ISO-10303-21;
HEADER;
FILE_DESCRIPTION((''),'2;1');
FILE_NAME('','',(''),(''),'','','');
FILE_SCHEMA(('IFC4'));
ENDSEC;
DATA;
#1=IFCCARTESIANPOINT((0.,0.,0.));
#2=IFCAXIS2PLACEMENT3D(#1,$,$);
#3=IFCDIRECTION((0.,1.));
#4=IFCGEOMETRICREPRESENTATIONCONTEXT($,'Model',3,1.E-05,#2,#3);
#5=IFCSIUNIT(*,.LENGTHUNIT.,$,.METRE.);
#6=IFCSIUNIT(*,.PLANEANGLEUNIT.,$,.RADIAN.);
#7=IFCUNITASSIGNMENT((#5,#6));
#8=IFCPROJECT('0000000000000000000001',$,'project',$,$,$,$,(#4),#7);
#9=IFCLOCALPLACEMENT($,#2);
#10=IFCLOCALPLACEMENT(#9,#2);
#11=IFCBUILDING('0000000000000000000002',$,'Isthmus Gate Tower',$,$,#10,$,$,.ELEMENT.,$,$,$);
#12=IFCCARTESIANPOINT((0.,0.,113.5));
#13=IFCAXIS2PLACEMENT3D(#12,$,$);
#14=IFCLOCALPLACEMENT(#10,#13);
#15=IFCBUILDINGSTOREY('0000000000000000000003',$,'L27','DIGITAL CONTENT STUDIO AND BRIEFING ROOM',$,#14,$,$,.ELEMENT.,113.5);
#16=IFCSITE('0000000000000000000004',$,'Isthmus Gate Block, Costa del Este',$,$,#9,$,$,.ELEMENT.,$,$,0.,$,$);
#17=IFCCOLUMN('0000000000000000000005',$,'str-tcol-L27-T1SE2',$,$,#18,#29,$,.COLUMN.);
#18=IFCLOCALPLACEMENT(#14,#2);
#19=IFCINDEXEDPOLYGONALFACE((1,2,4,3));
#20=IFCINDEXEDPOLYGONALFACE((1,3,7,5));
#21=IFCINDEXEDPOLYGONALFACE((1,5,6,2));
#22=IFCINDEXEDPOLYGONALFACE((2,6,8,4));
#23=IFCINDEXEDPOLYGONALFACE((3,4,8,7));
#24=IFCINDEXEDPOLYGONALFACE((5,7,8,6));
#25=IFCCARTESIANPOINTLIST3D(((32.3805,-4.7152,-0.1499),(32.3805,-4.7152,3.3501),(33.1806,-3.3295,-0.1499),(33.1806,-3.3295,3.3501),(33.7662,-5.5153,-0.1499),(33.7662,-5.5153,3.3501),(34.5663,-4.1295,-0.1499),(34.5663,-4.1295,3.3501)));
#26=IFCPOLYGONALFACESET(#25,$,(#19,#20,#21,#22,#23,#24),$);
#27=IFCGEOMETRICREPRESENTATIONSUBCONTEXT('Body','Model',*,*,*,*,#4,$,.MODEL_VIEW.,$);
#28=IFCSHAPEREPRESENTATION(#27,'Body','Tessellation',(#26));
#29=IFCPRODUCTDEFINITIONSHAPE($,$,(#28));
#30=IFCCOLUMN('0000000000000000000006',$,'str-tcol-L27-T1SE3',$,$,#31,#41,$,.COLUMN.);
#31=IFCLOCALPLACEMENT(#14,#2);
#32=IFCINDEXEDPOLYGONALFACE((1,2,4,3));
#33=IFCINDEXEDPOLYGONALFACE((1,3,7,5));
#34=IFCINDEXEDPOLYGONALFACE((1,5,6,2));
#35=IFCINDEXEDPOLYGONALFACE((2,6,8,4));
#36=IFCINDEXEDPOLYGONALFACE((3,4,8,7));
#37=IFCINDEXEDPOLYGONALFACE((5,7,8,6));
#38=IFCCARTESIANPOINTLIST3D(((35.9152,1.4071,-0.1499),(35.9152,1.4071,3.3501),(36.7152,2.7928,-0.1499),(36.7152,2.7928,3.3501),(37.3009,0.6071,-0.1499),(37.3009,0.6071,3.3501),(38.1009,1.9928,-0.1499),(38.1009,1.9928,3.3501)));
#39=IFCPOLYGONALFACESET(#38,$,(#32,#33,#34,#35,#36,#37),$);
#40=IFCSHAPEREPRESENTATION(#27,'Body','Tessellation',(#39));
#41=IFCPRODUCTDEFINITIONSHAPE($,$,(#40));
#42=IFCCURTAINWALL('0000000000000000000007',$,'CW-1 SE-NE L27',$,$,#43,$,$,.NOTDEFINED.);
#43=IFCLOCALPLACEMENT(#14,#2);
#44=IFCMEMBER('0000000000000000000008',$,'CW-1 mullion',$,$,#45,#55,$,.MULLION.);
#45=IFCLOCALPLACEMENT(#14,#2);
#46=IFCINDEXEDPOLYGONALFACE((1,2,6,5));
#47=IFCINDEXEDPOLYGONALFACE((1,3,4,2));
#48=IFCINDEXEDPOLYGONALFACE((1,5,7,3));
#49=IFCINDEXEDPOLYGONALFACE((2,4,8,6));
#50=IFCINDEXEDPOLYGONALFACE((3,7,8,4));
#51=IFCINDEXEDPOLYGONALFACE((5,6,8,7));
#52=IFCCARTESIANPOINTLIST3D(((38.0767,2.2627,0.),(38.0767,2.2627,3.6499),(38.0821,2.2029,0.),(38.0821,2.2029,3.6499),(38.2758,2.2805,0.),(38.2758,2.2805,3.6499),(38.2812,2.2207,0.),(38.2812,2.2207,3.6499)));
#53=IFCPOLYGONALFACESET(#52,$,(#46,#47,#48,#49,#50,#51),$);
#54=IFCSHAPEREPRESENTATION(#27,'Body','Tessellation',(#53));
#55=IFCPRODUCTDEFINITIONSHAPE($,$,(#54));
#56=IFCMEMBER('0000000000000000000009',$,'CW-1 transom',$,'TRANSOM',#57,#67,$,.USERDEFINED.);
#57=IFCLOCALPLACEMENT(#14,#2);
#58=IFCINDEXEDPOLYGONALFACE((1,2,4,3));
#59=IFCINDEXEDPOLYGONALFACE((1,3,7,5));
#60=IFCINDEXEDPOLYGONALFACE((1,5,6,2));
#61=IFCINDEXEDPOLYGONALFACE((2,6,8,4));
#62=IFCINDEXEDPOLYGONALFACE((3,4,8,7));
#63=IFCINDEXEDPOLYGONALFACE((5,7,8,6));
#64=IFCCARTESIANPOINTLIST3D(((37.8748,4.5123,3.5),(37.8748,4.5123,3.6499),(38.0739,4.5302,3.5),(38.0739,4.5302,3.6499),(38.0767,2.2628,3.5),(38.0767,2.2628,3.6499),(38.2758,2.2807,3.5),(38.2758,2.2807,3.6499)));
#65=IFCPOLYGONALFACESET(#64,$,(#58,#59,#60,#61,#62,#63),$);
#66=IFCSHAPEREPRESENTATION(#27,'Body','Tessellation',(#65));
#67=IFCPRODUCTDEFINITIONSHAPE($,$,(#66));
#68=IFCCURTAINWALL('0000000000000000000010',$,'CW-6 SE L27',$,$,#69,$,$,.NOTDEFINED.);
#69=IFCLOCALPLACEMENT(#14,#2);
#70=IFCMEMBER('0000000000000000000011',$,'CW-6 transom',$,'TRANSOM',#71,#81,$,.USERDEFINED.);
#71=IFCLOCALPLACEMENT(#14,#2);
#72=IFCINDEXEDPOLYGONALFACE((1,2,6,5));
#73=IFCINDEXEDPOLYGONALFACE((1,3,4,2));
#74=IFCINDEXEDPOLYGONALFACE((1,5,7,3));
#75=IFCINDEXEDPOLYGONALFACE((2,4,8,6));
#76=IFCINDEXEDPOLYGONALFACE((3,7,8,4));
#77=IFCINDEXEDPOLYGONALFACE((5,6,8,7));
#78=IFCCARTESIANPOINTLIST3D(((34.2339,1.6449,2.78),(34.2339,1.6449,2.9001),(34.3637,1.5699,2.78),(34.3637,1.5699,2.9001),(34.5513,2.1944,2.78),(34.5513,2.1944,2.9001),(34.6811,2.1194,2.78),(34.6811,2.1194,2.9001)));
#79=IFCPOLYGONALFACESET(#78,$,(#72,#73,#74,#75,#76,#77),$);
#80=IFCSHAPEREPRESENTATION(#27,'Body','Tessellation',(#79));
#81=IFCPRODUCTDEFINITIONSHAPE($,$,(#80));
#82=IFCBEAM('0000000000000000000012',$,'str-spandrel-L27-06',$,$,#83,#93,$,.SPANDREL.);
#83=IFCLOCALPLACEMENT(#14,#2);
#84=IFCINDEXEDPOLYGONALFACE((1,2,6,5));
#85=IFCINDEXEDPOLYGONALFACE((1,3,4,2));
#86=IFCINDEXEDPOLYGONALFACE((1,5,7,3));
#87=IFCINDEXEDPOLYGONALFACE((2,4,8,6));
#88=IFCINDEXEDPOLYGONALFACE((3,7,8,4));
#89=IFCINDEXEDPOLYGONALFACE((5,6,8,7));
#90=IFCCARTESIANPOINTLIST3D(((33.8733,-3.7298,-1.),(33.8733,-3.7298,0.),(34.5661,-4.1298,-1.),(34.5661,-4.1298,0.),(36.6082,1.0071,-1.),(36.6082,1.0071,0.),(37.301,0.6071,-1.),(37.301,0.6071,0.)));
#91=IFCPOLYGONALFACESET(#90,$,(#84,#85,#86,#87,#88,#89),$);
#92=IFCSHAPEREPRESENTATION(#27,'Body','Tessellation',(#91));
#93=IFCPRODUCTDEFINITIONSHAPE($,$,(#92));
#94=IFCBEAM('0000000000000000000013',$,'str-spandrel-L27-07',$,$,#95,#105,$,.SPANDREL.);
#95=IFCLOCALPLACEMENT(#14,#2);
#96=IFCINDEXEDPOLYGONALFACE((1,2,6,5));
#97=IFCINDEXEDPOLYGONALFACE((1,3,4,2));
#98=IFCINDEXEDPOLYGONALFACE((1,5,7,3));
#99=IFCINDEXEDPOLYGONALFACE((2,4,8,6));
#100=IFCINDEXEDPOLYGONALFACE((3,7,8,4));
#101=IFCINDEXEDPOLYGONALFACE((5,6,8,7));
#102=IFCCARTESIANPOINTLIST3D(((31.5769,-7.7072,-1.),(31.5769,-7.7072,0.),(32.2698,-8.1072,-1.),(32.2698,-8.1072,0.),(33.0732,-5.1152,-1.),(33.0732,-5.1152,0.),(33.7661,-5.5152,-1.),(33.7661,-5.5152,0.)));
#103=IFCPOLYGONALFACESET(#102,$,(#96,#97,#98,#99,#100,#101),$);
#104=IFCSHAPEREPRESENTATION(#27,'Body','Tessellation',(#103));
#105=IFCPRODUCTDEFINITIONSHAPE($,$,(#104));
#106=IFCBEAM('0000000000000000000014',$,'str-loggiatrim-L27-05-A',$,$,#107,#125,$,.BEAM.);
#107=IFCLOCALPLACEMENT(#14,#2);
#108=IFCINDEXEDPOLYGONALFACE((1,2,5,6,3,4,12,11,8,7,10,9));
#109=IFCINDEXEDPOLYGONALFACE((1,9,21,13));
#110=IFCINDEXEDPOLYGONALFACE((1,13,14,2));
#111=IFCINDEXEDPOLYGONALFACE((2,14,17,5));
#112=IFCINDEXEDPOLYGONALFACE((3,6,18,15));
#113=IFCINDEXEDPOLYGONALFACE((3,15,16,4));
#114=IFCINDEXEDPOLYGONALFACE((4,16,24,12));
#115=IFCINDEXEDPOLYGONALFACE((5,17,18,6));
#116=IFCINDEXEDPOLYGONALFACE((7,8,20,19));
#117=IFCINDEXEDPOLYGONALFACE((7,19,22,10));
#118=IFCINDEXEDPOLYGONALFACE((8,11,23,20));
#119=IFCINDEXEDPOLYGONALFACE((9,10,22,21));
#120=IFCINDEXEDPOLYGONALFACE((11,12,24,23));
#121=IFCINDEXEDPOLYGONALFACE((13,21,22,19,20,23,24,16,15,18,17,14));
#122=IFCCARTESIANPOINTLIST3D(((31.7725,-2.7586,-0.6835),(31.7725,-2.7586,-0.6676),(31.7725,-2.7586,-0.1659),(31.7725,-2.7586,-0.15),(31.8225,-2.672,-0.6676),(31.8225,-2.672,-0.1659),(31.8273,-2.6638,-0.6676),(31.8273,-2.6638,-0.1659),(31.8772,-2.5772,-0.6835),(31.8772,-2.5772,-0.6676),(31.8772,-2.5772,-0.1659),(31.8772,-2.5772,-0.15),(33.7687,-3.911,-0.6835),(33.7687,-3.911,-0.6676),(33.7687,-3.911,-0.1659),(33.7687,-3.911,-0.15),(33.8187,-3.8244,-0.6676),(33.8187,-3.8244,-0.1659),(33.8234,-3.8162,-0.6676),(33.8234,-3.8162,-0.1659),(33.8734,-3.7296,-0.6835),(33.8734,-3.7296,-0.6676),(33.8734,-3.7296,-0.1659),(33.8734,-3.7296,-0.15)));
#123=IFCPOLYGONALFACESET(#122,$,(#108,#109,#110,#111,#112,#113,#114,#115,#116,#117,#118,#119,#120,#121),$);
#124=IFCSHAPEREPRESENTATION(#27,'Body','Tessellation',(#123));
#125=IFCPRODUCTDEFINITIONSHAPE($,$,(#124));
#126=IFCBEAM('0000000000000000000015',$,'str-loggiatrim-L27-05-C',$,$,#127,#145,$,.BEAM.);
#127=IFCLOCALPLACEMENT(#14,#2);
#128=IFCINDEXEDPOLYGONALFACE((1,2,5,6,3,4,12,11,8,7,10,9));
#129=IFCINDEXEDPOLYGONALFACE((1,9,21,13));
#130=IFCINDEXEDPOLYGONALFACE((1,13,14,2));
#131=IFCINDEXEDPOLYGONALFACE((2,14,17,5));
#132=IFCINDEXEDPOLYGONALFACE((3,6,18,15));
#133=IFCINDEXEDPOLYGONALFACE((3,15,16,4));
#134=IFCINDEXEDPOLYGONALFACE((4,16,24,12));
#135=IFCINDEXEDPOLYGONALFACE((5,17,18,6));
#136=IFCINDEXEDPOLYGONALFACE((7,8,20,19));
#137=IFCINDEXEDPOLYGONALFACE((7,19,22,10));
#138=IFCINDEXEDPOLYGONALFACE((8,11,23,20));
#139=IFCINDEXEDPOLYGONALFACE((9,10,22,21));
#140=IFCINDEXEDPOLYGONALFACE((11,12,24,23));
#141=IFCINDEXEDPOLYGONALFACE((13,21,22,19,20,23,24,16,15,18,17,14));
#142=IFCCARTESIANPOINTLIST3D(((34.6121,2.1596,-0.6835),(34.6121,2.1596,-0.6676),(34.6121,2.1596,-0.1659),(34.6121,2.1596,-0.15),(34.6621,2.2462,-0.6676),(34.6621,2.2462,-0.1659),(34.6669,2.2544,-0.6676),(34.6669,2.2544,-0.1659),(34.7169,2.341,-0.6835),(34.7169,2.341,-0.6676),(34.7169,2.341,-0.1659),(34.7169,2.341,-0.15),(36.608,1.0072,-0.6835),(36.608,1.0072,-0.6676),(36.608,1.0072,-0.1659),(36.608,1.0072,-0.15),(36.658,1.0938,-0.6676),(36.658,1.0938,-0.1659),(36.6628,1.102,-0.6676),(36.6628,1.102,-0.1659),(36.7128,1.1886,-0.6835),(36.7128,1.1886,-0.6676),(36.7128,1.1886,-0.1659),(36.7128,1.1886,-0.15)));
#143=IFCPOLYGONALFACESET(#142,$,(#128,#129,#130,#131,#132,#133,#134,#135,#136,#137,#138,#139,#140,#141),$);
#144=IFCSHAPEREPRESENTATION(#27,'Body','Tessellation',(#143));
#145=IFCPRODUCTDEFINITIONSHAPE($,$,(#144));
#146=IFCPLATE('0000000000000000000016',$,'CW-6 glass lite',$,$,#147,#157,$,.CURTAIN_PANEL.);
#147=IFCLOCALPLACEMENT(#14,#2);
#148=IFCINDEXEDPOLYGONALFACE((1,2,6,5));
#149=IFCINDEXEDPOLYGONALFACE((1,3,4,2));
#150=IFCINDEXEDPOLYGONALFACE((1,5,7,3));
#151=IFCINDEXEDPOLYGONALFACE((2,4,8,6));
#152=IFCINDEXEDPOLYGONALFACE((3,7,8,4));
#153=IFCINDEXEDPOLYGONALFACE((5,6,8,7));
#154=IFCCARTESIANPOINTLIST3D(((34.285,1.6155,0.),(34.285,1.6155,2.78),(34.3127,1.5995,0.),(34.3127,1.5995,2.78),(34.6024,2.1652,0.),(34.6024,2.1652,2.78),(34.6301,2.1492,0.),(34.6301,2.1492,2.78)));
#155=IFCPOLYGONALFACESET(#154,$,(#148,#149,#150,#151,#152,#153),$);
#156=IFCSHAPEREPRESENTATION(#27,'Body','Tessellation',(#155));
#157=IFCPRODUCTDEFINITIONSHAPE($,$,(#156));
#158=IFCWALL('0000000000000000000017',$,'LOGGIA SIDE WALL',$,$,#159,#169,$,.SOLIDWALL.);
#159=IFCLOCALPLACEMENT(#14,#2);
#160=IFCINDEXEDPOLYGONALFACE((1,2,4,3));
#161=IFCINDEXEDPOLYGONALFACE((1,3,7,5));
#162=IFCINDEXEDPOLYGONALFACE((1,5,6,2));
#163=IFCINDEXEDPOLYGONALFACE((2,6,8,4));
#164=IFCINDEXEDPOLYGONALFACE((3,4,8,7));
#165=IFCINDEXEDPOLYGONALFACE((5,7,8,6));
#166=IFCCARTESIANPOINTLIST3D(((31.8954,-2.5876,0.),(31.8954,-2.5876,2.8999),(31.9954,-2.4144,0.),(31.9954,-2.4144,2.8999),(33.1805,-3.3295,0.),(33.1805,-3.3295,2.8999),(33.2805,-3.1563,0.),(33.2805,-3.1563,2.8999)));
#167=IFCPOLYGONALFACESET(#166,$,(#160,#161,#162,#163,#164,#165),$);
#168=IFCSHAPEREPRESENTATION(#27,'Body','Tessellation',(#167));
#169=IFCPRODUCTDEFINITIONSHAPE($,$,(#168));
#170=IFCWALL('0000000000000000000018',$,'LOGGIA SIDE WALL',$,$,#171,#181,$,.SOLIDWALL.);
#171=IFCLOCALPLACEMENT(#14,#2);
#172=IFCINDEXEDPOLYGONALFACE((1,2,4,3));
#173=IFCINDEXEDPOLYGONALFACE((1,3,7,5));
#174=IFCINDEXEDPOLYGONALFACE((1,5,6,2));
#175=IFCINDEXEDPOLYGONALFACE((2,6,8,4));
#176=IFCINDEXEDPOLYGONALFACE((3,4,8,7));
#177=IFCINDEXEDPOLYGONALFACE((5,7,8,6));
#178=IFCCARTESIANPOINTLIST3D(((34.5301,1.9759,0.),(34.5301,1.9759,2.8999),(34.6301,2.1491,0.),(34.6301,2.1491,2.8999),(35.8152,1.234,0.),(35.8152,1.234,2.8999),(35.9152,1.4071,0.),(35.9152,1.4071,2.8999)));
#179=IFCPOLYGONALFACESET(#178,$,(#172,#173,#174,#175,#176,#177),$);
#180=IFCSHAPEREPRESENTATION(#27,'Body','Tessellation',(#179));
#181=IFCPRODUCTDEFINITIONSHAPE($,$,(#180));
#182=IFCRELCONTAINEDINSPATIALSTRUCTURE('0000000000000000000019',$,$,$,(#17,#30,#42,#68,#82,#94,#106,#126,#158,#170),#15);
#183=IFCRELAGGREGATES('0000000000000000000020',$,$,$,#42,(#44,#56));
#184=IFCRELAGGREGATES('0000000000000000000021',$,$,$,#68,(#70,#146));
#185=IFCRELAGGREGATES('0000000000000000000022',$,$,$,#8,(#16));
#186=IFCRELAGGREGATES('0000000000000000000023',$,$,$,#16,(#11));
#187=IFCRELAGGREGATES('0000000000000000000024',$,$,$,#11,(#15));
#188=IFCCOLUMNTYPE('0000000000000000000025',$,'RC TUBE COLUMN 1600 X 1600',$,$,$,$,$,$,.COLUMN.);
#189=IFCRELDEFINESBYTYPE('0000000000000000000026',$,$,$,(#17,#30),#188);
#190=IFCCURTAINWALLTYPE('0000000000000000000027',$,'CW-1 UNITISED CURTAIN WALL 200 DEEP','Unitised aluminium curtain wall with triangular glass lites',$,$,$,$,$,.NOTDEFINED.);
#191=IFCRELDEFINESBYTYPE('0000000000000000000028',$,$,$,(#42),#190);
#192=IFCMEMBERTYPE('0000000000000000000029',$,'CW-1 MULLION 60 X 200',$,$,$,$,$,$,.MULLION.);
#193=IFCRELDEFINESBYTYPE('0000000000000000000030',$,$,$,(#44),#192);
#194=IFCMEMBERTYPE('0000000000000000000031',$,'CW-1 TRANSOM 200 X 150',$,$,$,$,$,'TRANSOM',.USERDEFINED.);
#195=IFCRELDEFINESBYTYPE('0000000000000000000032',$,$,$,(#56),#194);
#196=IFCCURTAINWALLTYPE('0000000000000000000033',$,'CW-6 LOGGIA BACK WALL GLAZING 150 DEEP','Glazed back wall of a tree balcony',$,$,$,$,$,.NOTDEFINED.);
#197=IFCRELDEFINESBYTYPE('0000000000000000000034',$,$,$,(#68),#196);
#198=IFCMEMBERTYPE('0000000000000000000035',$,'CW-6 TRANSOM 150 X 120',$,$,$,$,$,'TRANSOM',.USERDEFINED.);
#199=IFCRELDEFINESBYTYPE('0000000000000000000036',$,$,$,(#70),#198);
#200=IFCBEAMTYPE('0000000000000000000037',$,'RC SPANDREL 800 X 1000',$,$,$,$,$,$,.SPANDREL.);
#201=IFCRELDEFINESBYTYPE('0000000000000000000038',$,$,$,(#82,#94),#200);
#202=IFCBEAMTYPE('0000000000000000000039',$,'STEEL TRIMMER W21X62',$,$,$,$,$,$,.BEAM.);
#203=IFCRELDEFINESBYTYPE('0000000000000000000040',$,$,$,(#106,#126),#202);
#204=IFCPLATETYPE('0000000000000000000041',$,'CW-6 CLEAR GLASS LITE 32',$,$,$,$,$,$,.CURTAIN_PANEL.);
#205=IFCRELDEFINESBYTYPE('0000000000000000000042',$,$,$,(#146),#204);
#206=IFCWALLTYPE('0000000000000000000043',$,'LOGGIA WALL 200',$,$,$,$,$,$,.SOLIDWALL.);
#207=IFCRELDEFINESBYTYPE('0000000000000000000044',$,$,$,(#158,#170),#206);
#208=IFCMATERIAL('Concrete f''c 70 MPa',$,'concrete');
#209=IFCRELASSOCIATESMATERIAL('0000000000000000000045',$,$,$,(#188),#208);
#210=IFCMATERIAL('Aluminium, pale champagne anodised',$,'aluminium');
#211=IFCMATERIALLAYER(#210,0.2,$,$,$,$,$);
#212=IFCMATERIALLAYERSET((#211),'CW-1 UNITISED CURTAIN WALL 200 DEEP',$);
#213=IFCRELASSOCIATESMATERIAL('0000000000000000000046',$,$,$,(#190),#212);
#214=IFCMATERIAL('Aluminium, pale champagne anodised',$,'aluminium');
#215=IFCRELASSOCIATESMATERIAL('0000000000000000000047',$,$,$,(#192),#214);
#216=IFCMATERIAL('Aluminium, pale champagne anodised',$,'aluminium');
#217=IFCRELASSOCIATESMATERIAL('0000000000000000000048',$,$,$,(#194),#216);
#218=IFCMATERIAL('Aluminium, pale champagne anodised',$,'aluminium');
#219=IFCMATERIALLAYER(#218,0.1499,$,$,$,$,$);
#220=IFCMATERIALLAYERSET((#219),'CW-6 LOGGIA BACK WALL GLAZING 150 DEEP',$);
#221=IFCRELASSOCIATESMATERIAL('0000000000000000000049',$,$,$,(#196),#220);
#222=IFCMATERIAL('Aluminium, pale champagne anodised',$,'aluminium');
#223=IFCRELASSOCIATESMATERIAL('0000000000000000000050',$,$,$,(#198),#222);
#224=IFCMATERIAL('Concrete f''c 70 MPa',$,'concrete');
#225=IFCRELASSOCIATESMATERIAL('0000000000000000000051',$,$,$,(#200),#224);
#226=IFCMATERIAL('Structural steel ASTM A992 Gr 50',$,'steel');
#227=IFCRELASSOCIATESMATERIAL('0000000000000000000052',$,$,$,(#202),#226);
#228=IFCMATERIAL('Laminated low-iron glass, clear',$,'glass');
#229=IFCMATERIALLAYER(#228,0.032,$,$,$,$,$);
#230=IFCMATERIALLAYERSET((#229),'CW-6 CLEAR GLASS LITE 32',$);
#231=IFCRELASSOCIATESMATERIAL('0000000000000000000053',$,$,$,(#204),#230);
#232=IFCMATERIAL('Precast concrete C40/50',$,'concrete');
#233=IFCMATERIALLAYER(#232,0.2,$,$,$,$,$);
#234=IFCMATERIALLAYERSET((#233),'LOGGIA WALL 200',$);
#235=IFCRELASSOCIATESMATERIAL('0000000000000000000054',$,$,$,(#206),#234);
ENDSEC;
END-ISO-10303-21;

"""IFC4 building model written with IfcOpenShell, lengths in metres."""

from ifc_helpers import new_model, si_unit, direction, frame, frame_2d, origin, origin_2d, place, context, subcontext, project, spatial, rectangle, i_section, extrude, material, layer, layer_set, material_profile, profile_set, type_object, element, aggregate, save


model = new_model("IFC4")

# Units and contexts
model_context = context("Model", 3, precision=1e-05, world=origin(), true_north=direction((0.0, 1.0)))
body_context = subcontext(model_context, "Body", "Model", "MODEL_VIEW")
ifc_project = project(units=[si_unit("LENGTHUNIT", "METRE"), si_unit("PLANEANGLEUNIT", "RADIAN")], contexts=[model_context])

# Site, building, storey
site_placement = place(None, origin())
site = spatial("IfcSite", under=ifc_project, at=site_placement, Name="Isthmus Gate Block, Costa del Este", CompositionType="ELEMENT", RefElevation=0.0)
building_placement = place(site_placement, origin())
building = spatial("IfcBuilding", under=site, at=building_placement, Name="Isthmus Gate Tower", CompositionType="ELEMENT")
storey_placement = place(building_placement, frame((0.0, 0.0, 113.5)))
storey = spatial("IfcBuildingStorey", under=building, at=storey_placement, Name="L27", Description="DIGITAL CONTENT STUDIO AND BRIEFING ROOM", CompositionType="ELEMENT", Elevation=113.5)

# Columns
ifc_material_1 = material(Name="Concrete f'c 70 MPa", Category="concrete")
ifc_material_profile_1 = material_profile(ifc_material_1, rectangle(XDim=1.6001, YDim=1.6001, at=origin_2d()), Name="RC 1600X1600")
ifc_profile_set_1 = profile_set([ifc_material_profile_1], Name="Concrete f'c 70 MPa")
column_type = type_object("IfcColumnType", Name="RC TUBE COLUMN 1600 X 1600", PredefinedType="COLUMN", material=ifc_profile_set_1)
for number, where, z_axis, x_axis, name in (
    (1, (33.4734, -4.4224, -0.1499), (0.0, 0.0, 1.0), (0.5, 0.866025, 0.0), "str-tcol-L27-T1SE2"),
    (2, (37.0081, 1.7, -0.1499), (0.0, 0.0, 1.0), (0.5, 0.866025, 0.0), "str-tcol-L27-T1SE3"),
):
    element("IfcColumn", number, at=place(storey_placement, frame(where, z_axis=z_axis, x_axis=x_axis)), inside=storey, type_object=column_type, Name=name, PredefinedType="COLUMN", context=body_context, shape_type="SweptSolid", body=[
        extrude(rectangle(XDim=1.6001, YDim=1.6001, at=origin_2d()), origin(), (0.0, 0.0, 1.0), 3.5),
    ])

# Curtain wall, members
ifc_material_2 = material(Name="Aluminium, pale champagne anodised", Category="aluminium")
ifc_layer_1 = layer(ifc_material_2, 0.2)
ifc_layer_set_1 = layer_set([ifc_layer_1], Name="CW-1 UNITISED CURTAIN WALL 200 DEEP")
curtain_wall_type_1 = type_object("IfcCurtainWallType", Name="CW-1 UNITISED CURTAIN WALL 200 DEEP", Description="Unitised aluminium curtain wall with triangular glass lites", PredefinedType="NOTDEFINED", material=ifc_layer_set_1)
curtain_wall_1_placement = place(storey_placement, origin())
curtain_wall_1 = element("IfcCurtainWall", 3, at=curtain_wall_1_placement, inside=storey, type_object=curtain_wall_type_1, Name="CW-1 SE-NE L27", PredefinedType="NOTDEFINED")
ifc_material_3 = material(Name="Aluminium, pale champagne anodised", Category="aluminium")
ifc_material_profile_2 = material_profile(ifc_material_3, rectangle(XDim=0.0601, YDim=0.2, at=origin_2d()), Name="60x200")
ifc_profile_set_2 = profile_set([ifc_material_profile_2], Name="Aluminium, pale champagne anodised")
member_type_1 = type_object("IfcMemberType", Name="CW-1 MULLION 60 X 200", PredefinedType="MULLION", material=ifc_profile_set_2)
member_1_placement = place(storey_placement, frame((38.179, 2.2417, 0.0), z_axis=(0.0, 0.0, 1.0), x_axis=(-0.089397, 0.995996, 0.0)))
member_1 = element("IfcMember", 4, at=member_1_placement, type_object=member_type_1, Name="CW-1 mullion", PredefinedType="MULLION", context=body_context, shape_type="SweptSolid", body=[
    extrude(rectangle(XDim=0.0601, YDim=0.2, at=origin_2d()), origin(), (0.0, 0.0, 1.0), 3.6499),
])
ifc_material_4 = material(Name="Aluminium, pale champagne anodised", Category="aluminium")
ifc_material_profile_3 = material_profile(ifc_material_4, rectangle(XDim=0.2, YDim=0.1499, at=origin_2d()), Name="200x150")
ifc_profile_set_3 = profile_set([ifc_material_profile_3], Name="Aluminium, pale champagne anodised")
member_type_2 = type_object("IfcMemberType", Name="CW-1 TRANSOM 200 X 150", ElementType="TRANSOM", PredefinedType="USERDEFINED", material=ifc_profile_set_3)
member_2_placement = place(storey_placement, frame((38.1763, 2.2717, 3.575), z_axis=(-0.089395, 0.995996, 0.0), x_axis=(-0.995996, -0.089395, 0.0)))
member_2 = element("IfcMember", 5, at=member_2_placement, type_object=member_type_2, Name="CW-1 transom", ObjectType="TRANSOM", PredefinedType="USERDEFINED", context=body_context, shape_type="SweptSolid", body=[
    extrude(rectangle(XDim=0.2, YDim=0.1499, at=origin_2d()), origin(), (0.0, 0.0, 1.0), 2.2585),
])
aggregate(curtain_wall_1, [member_1, member_2])

# Curtain wall, member
ifc_material_5 = material(Name="Aluminium, pale champagne anodised", Category="aluminium")
ifc_layer_2 = layer(ifc_material_5, 0.1499)
ifc_layer_set_2 = layer_set([ifc_layer_2], Name="CW-6 LOGGIA BACK WALL GLAZING 150 DEEP")
curtain_wall_type_2 = type_object("IfcCurtainWallType", Name="CW-6 LOGGIA BACK WALL GLAZING 150 DEEP", Description="Glazed back wall of a tree balcony", PredefinedType="NOTDEFINED", material=ifc_layer_set_2)
curtain_wall_2_placement = place(storey_placement, origin())
curtain_wall_2 = element("IfcCurtainWall", 6, at=curtain_wall_2_placement, inside=storey, type_object=curtain_wall_type_2, Name="CW-6 SE L27", PredefinedType="NOTDEFINED")
ifc_material_6 = material(Name="Aluminium, pale champagne anodised", Category="aluminium")
ifc_material_profile_4 = material_profile(ifc_material_6, rectangle(XDim=0.1499, YDim=0.1201, at=origin_2d()), Name="150x120")
ifc_profile_set_4 = profile_set([ifc_material_profile_4], Name="Aluminium, pale champagne anodised")
member_type_3 = type_object("IfcMemberType", Name="CW-6 TRANSOM 150 X 120", ElementType="TRANSOM", PredefinedType="USERDEFINED", material=ifc_profile_set_4)
member_3_placement = place(storey_placement, frame((34.2988, 1.6074, 2.8401), z_axis=(0.500111, 0.865961, 0.0), x_axis=(-0.865961, 0.500111, 0.0)))
member_3 = element("IfcMember", 7, at=member_3_placement, type_object=member_type_3, Name="CW-6 transom", ObjectType="TRANSOM", PredefinedType="USERDEFINED", context=body_context, shape_type="SweptSolid", body=[
    extrude(rectangle(XDim=0.1499, YDim=0.1201, at=origin_2d()), origin(), (0.0, 0.0, 1.0), 0.6345),
])

# Beams
ifc_material_7 = material(Name="Concrete f'c 70 MPa", Category="concrete")
ifc_material_profile_5 = material_profile(ifc_material_7, rectangle(XDim=0.8, YDim=1.0, at=origin_2d()), Name="RC 800X1000")
ifc_profile_set_5 = profile_set([ifc_material_profile_5], Name="Concrete f'c 70 MPa")
beam_type_1 = type_object("IfcBeamType", Name="RC SPANDREL 800 X 1000", PredefinedType="SPANDREL", material=ifc_profile_set_5)
beam_1_placement = place(storey_placement, frame((36.9546, 0.8071, -0.5), z_axis=(-0.500008, -0.866021, 0.0), x_axis=(0.866021, -0.500008, 0.0)))
element("IfcBeam", 8, at=beam_1_placement, inside=storey, type_object=beam_type_1, Name="str-spandrel-L27-06", PredefinedType="SPANDREL", context=body_context, shape_type="SweptSolid", body=[
    extrude(rectangle(XDim=0.8, YDim=1.0, at=origin_2d()), origin(), (0.0, 0.0, 1.0), 5.4697),
])
beam_2_placement = place(storey_placement, frame((33.4197, -5.3152, -0.5), z_axis=(-0.499955, -0.866051, 0.0), x_axis=(0.866051, -0.499955, 0.0)))
element("IfcBeam", 9, at=beam_2_placement, inside=storey, type_object=beam_type_1, Name="str-spandrel-L27-07", PredefinedType="SPANDREL", context=body_context, shape_type="SweptSolid", body=[
    extrude(rectangle(XDim=0.8, YDim=1.0, at=origin_2d()), origin(), (0.0, 0.0, 1.0), 2.9929),
])
ifc_material_8 = material(Name="Structural steel ASTM A992 Gr 50", Category="steel")
ifc_material_profile_6 = material_profile(ifc_material_8, i_section(OverallWidth=0.2095, OverallDepth=0.5334, WebThickness=0.0095, FlangeThickness=0.0159, at=origin_2d()), Name="W21X62")
ifc_profile_set_6 = profile_set([ifc_material_profile_6], Name="Structural steel ASTM A992 Gr 50")
beam_type_2 = type_object("IfcBeamType", Name="STEEL TRIMMER W21X62", PredefinedType="BEAM", material=ifc_profile_set_6)
beam_3_placement = place(storey_placement, frame((33.821, -3.8203, -0.4167), z_axis=(-0.866044, 0.499967, 0.0), x_axis=(-0.499967, -0.866044, 0.0)))
element("IfcBeam", 10, at=beam_3_placement, inside=storey, type_object=beam_type_2, Name="str-loggiatrim-L27-05-A", PredefinedType="BEAM", context=body_context, shape_type="SweptSolid", body=[
    extrude(i_section(OverallWidth=0.2095, OverallDepth=0.5334, WebThickness=0.0095, FlangeThickness=0.0159, at=origin_2d()), origin(), (0.0, 0.0, 1.0), 2.3049),
])
beam_4_placement = place(storey_placement, frame((36.6604, 1.0979, -0.4167), z_axis=(-0.866018, 0.500013, 0.0), x_axis=(-0.500013, -0.866018, 0.0)))
element("IfcBeam", 11, at=beam_4_placement, inside=storey, type_object=beam_type_2, Name="str-loggiatrim-L27-05-C", PredefinedType="BEAM", context=body_context, shape_type="SweptSolid", body=[
    extrude(i_section(OverallWidth=0.2095, OverallDepth=0.5334, WebThickness=0.0095, FlangeThickness=0.0159, at=origin_2d()), origin(), (0.0, 0.0, 1.0), 2.3047),
])

# Plate
ifc_material_9 = material(Name="Laminated low-iron glass, clear", Category="glass")
ifc_layer_3 = layer(ifc_material_9, 0.032)
ifc_layer_set_3 = layer_set([ifc_layer_3], Name="CW-6 CLEAR GLASS LITE 32")
plate_type = type_object("IfcPlateType", Name="CW-6 CLEAR GLASS LITE 32", PredefinedType="CURTAIN_PANEL", material=ifc_layer_set_3)
plate_placement = place(storey_placement, frame((34.4575, 1.8823, 0.0), z_axis=(0.0, 0.0, 1.0), x_axis=(0.5, 0.866025, 0.0)))
plate = element("IfcPlate", 12, at=plate_placement, type_object=plate_type, Name="CW-6 glass lite", PredefinedType="CURTAIN_PANEL", context=body_context, shape_type="SweptSolid", body=[
    extrude(rectangle(XDim=0.6348, YDim=0.032, at=origin_2d()), origin(), (0.0, 0.0, 1.0), 2.78),
])
aggregate(curtain_wall_2, [member_3, plate])

# Walls
ifc_material_10 = material(Name="Precast concrete C40/50", Category="concrete")
ifc_layer_4 = layer(ifc_material_10, 0.2)
ifc_layer_set_4 = layer_set([ifc_layer_4], Name="LOGGIA WALL 200")
wall_type = type_object("IfcWallType", Name="LOGGIA WALL 200", PredefinedType="SOLIDWALL", material=ifc_layer_set_4)
for number, where, z_axis, x_axis, name in (
    (13, (33.2305, -3.2429, 0.0), (0.0, 0.0, 1.0), (-0.866038, 0.499979, 0.0), "LOGGIA SIDE WALL"),
    (14, (35.8652, 1.3206, 0.0), (0.0, 0.0, 1.0), (-0.866038, 0.499979, 0.0), "LOGGIA SIDE WALL"),
):
    element("IfcWall", number, at=place(storey_placement, frame(where, z_axis=z_axis, x_axis=x_axis)), inside=storey, type_object=wall_type, Name=name, PredefinedType="SOLIDWALL", context=body_context, shape_type="SweptSolid", body=[
        extrude(rectangle(XDim=1.4839, YDim=0.2, at=frame_2d((0.7419, 0.0))), origin(), (0.0, 0.0, 1.0), 2.8999),
    ])

save(model, "model.ifc")
